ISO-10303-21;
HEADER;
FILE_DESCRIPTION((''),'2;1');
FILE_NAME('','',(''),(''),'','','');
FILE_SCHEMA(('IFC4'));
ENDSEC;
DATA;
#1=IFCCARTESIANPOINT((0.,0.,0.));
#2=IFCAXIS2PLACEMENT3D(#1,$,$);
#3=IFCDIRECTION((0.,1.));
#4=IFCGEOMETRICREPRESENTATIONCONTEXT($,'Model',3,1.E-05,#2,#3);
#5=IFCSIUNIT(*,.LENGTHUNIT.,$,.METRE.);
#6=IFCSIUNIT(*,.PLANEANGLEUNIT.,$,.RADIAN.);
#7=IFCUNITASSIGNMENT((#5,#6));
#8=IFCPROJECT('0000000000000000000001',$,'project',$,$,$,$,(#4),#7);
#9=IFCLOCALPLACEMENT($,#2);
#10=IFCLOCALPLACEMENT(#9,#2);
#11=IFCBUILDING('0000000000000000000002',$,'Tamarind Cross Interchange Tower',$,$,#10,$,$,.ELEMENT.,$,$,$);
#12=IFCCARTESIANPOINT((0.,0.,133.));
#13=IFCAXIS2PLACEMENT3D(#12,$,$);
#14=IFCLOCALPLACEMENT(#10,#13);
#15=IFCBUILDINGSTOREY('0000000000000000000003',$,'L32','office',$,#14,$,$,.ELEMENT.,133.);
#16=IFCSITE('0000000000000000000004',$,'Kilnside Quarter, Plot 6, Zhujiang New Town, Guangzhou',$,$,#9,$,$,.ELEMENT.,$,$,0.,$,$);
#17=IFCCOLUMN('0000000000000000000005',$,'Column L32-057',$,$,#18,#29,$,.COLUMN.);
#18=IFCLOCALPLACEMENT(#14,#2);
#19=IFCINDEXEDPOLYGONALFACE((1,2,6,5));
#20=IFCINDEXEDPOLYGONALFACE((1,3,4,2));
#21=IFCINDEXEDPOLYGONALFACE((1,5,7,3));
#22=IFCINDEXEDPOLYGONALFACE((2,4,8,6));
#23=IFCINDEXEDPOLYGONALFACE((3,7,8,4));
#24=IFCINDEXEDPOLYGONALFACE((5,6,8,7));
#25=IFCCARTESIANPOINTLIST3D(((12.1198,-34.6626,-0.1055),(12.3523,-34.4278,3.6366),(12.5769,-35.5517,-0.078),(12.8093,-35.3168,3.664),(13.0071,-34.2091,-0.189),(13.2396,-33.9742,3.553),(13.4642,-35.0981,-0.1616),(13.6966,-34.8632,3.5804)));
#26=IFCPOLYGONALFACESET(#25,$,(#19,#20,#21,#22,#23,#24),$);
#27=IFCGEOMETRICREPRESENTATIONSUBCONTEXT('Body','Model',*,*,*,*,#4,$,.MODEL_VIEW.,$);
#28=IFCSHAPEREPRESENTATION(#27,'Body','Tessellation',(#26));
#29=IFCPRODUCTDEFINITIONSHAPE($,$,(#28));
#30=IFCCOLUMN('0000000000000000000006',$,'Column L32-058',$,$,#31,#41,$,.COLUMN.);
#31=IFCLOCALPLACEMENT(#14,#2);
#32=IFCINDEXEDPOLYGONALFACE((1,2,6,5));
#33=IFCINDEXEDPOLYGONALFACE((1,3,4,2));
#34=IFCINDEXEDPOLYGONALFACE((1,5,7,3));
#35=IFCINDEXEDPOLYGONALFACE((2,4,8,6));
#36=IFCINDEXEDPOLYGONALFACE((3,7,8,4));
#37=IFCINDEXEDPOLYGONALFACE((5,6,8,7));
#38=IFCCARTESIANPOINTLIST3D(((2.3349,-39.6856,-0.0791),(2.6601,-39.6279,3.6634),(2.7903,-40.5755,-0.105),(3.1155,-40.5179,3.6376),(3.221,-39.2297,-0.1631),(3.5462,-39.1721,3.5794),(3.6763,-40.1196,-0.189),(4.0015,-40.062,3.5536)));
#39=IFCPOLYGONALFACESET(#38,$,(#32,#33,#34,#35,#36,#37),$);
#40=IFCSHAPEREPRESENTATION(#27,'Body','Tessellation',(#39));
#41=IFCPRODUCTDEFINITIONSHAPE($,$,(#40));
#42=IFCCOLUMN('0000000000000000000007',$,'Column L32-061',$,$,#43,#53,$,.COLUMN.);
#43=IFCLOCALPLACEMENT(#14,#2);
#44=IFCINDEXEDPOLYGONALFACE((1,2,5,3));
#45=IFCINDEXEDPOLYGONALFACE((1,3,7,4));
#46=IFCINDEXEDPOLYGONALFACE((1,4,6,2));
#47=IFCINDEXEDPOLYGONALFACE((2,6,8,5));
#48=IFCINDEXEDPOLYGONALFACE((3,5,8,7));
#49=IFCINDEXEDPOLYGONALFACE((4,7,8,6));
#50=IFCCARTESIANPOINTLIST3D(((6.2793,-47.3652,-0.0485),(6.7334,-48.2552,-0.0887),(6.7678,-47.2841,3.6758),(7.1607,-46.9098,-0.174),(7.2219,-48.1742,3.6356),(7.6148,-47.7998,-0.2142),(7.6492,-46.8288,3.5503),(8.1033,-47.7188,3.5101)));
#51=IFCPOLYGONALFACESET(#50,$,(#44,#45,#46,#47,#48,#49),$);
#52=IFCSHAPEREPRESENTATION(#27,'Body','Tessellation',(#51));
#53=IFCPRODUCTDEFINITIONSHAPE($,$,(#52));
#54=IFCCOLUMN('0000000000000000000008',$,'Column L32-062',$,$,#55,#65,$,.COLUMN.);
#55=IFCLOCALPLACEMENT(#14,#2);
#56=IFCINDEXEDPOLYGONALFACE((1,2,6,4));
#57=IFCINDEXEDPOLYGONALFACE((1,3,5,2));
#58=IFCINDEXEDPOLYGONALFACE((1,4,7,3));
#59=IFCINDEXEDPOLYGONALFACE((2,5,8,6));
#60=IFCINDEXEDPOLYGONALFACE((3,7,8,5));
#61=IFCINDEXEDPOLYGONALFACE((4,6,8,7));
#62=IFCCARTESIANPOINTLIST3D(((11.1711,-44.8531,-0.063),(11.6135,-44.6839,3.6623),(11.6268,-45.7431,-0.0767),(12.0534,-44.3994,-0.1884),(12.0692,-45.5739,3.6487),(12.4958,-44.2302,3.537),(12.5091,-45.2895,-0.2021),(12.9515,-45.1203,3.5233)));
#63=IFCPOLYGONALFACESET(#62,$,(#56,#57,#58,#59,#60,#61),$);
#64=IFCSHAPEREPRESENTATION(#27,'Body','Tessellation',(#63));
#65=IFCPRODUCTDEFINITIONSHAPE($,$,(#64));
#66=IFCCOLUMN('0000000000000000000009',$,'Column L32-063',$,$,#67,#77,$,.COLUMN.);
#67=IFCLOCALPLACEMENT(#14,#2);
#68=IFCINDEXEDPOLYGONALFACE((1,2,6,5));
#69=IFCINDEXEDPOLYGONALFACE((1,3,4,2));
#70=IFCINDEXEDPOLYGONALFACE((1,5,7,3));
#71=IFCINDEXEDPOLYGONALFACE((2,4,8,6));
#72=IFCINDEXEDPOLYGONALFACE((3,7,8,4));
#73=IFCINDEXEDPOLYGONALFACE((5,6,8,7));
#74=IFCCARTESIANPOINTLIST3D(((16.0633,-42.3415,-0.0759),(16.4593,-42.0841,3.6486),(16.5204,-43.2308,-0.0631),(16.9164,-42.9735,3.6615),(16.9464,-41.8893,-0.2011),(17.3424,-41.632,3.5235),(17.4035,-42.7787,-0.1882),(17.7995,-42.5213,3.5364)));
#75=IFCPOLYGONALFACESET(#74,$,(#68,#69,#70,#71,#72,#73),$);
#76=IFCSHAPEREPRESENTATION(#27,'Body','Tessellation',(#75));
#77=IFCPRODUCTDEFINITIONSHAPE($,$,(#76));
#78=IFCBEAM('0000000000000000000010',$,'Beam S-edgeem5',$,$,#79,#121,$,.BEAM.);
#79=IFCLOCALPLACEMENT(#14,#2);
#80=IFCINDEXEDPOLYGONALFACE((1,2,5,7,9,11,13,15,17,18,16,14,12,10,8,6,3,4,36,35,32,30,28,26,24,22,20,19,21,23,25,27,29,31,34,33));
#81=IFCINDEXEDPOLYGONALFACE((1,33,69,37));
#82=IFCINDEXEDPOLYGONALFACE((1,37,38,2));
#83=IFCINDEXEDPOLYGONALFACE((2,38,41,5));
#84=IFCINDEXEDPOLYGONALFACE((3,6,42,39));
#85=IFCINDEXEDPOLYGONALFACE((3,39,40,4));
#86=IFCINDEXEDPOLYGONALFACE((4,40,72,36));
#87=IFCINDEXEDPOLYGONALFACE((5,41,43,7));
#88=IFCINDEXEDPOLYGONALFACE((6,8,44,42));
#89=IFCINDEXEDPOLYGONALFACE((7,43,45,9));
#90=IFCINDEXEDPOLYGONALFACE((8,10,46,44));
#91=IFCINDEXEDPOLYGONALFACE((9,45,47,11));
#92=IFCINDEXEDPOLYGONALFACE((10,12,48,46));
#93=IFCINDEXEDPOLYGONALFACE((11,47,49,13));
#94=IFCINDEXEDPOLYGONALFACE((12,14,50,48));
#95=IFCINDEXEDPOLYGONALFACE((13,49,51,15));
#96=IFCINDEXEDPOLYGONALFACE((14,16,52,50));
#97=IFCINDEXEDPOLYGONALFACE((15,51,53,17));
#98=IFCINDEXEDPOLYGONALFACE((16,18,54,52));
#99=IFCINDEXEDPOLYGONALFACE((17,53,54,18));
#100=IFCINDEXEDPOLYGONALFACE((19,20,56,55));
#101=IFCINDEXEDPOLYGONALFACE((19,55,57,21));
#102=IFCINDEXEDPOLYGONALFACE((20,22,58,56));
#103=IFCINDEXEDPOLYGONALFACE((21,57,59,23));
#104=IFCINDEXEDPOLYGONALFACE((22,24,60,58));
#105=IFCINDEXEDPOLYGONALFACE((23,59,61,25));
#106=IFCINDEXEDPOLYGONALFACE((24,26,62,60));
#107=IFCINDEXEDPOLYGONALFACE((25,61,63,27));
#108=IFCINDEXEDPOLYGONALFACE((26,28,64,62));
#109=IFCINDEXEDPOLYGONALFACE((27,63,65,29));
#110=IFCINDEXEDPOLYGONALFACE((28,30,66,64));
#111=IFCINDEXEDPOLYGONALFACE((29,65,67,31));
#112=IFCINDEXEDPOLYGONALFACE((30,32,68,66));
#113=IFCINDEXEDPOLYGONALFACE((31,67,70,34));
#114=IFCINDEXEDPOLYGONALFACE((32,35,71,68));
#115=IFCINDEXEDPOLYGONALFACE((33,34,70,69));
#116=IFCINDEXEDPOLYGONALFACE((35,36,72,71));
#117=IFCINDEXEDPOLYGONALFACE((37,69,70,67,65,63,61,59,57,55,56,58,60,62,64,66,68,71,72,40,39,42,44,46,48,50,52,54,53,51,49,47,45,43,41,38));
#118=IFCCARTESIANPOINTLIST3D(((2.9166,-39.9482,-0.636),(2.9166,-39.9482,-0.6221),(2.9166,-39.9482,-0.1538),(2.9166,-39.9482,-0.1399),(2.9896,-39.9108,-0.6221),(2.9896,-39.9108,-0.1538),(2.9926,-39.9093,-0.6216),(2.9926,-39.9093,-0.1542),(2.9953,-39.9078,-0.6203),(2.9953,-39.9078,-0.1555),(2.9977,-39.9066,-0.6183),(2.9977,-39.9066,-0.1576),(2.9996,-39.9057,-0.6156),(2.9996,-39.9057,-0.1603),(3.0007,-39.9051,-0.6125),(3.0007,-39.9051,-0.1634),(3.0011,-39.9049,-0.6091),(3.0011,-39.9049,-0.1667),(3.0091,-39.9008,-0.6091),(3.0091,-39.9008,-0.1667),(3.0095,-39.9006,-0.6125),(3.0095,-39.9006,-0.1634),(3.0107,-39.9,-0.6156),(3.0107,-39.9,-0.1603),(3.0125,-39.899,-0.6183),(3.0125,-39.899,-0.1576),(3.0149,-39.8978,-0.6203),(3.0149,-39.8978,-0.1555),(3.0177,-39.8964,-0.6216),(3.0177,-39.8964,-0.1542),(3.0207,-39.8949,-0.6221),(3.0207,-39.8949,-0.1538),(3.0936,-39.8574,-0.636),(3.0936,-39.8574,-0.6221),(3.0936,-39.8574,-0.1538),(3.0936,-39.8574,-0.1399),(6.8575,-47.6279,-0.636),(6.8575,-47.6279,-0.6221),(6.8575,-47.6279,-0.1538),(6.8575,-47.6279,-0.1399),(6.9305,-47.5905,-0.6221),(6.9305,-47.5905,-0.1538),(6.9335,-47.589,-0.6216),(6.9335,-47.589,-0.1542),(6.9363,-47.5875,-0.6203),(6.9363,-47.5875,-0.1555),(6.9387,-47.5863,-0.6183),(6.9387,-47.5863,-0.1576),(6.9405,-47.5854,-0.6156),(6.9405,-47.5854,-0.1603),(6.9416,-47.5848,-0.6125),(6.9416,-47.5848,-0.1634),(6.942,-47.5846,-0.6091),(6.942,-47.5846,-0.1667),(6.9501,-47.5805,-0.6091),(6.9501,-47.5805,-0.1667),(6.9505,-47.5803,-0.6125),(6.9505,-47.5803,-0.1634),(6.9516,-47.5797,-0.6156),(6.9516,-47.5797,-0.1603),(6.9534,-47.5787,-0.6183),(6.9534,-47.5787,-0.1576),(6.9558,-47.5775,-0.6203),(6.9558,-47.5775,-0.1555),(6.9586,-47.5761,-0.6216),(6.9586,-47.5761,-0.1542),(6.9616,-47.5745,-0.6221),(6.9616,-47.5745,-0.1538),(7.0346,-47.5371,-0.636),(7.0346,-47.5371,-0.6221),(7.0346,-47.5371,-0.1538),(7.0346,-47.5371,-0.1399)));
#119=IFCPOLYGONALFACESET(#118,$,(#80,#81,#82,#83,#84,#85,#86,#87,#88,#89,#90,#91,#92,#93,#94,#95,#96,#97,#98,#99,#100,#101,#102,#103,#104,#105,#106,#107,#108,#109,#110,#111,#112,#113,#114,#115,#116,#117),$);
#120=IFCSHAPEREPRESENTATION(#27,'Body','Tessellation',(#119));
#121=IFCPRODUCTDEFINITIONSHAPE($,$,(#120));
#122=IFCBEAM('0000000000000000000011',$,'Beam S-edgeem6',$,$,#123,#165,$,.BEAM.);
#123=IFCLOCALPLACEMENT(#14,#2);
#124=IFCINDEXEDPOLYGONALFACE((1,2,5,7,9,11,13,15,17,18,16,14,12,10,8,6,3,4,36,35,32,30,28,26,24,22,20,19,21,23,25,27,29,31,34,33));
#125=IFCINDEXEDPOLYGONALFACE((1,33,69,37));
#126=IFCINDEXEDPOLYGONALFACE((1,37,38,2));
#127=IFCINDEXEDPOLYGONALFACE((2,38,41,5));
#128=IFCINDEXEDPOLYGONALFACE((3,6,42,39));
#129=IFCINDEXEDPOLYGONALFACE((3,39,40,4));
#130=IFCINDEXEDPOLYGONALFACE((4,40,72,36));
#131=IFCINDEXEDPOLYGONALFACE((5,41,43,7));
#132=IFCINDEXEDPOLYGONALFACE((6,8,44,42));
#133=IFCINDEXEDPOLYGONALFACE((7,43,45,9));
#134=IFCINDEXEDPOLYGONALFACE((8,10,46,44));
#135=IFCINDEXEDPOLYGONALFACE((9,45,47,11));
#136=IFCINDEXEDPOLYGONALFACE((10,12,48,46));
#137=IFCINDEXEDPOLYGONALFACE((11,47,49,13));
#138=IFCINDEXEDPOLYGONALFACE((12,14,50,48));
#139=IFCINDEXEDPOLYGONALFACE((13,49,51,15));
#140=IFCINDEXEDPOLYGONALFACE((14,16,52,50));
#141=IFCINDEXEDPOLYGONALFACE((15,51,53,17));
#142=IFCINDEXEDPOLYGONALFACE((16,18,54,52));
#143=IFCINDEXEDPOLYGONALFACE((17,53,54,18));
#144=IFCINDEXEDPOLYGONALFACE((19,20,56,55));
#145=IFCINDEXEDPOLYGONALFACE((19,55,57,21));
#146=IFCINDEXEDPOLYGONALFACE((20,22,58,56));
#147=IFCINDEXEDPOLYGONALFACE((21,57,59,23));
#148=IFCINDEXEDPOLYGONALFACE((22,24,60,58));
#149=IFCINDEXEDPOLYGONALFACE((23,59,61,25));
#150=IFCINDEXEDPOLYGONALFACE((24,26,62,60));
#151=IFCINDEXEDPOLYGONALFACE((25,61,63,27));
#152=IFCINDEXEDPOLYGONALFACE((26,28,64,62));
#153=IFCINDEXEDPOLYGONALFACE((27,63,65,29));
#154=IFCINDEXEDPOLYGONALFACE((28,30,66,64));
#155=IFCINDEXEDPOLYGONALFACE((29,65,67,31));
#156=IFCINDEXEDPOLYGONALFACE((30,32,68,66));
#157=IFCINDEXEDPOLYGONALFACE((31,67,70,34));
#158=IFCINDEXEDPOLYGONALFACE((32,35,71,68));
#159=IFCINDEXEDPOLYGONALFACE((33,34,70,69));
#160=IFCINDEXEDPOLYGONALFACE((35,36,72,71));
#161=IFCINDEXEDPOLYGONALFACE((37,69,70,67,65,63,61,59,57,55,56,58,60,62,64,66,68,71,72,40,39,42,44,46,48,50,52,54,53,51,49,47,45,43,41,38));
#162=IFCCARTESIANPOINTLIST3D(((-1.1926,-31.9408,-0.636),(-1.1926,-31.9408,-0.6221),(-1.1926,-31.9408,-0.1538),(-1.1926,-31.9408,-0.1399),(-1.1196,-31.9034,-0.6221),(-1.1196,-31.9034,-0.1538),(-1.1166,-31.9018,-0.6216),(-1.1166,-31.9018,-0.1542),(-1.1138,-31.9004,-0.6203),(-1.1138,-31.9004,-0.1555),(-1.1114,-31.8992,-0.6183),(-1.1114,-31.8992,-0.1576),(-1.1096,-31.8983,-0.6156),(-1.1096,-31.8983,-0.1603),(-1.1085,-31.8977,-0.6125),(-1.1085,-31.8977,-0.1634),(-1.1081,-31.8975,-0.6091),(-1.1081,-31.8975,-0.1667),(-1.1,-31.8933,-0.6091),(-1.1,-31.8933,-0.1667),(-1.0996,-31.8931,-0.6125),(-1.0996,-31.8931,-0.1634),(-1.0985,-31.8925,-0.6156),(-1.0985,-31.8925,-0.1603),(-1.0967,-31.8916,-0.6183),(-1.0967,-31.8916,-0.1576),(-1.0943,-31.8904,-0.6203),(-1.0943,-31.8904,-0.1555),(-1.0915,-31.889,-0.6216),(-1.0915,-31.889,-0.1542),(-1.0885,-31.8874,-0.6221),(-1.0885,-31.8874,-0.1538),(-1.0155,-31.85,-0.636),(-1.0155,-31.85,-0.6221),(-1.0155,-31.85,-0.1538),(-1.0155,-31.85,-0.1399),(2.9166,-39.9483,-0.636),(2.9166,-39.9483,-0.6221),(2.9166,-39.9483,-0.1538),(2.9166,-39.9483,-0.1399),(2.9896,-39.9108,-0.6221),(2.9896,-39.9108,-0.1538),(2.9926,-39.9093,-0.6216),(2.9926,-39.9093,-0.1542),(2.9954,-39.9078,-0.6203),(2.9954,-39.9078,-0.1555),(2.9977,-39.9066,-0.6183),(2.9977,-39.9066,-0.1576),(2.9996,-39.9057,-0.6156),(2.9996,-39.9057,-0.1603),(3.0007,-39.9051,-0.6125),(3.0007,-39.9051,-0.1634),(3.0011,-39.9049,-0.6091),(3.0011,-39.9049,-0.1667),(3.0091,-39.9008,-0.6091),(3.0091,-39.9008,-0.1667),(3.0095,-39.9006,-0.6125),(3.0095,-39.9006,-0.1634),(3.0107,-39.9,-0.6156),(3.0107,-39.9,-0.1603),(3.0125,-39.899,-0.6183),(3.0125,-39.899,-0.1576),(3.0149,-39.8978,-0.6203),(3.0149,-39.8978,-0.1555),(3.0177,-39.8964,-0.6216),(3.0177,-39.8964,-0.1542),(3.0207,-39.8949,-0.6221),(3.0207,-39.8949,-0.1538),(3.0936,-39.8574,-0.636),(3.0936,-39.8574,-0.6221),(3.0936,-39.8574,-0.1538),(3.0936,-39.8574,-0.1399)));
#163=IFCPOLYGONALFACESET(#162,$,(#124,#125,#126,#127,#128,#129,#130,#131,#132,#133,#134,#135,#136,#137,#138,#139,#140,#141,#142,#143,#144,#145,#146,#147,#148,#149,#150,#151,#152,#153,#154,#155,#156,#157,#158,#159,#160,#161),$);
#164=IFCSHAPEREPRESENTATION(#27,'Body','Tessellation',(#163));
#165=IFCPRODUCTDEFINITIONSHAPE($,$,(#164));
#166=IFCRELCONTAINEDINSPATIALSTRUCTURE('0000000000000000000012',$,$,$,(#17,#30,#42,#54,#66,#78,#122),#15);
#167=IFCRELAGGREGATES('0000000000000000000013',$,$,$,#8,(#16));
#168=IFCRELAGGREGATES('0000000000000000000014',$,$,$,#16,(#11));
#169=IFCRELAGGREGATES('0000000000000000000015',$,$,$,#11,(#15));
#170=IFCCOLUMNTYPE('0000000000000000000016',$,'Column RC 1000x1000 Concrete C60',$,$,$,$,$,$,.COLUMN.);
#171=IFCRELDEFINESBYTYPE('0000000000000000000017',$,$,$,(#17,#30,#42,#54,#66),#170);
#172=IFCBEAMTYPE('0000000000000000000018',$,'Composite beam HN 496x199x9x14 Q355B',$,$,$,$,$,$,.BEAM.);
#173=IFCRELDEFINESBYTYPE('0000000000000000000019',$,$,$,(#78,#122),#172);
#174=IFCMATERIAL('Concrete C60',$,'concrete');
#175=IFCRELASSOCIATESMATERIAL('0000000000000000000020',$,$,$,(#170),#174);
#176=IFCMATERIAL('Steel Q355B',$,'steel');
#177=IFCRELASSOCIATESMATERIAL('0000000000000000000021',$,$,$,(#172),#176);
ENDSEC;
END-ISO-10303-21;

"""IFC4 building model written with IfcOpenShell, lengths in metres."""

from ifc_helpers import new_model, si_unit, direction, frame, origin, origin_2d, place, context, subcontext, project, spatial, rectangle, i_section, extrude, material, material_profile, profile_set, type_object, element, save


model = new_model("IFC4")

# Units and contexts
model_context = context("Model", 3, precision=1e-05, world=origin(), true_north=direction((0.0, 1.0)))
body_context = subcontext(model_context, "Body", "Model", "MODEL_VIEW")
ifc_project = project(units=[si_unit("LENGTHUNIT", "METRE"), si_unit("PLANEANGLEUNIT", "RADIAN")], contexts=[model_context])

# Site, building, storey
site_placement = place(None, origin())
site = spatial("IfcSite", under=ifc_project, at=site_placement, Name="Kilnside Quarter, Plot 6, Zhujiang New Town, Guangzhou", CompositionType="ELEMENT", RefElevation=0.0)
building_placement = place(site_placement, origin())
building = spatial("IfcBuilding", under=site, at=building_placement, Name="Tamarind Cross Interchange Tower", CompositionType="ELEMENT")
storey_placement = place(building_placement, frame((0.0, 0.0, 133.0)))
storey = spatial("IfcBuildingStorey", under=building, at=storey_placement, Name="L32", Description="office", CompositionType="ELEMENT", Elevation=133.0)

# Columns
ifc_material_1 = material(Name="Concrete C60", Category="concrete")
ifc_material_profile_1 = material_profile(ifc_material_1, rectangle(XDim=1.0, YDim=1.0, at=origin_2d()), Name="RC 1000x1000")
ifc_profile_set_1 = profile_set([ifc_material_profile_1], Name="Concrete C60")
column_type = type_object("IfcColumnType", Name="Column RC 1000x1000 Concrete C60", PredefinedType="COLUMN", material=ifc_profile_set_1)
column_1_placement = place(storey_placement, frame((12.792, -34.8804, -0.1335), z_axis=(0.061872, 0.062522, 0.996124), x_axis=(-0.8873, -0.453556, 0.08358)))
element("IfcColumn", 1, at=column_1_placement, inside=storey, type_object=column_type, Name="Column L32-057", PredefinedType="COLUMN", context=body_context, shape_type="SweptSolid", body=[
    extrude(rectangle(XDim=1.0, YDim=1.0, at=origin_2d()), origin(), (0.0, 0.0, 1.0), 3.7566),
])
for number, where, z_axis, x_axis, name in (
    (2, (3.0056, -39.9026, -0.134), (0.086558, 0.015336, 0.996129), (-0.455375, 0.889924, 0.025868), "Column L32-058"),
    (3, (6.947, -47.5825, -0.1313), (0.130026, 0.021573, 0.991276), (-0.454113, 0.890037, 0.040196), "Column L32-061"),
):
    element("IfcColumn", number, at=place(storey_placement, frame(where, z_axis=z_axis, x_axis=x_axis)), inside=storey, type_object=column_type, Name=name, PredefinedType="COLUMN", context=body_context, shape_type="SweptSolid", body=[
        extrude(rectangle(XDim=1.0, YDim=1.0, at=origin_2d()), origin(), (0.0, 0.0, 1.0), 3.7571),
    ])
column_2_placement = place(storey_placement, frame((11.8401, -45.0713, -0.1326), z_axis=(0.117801, 0.045053, 0.992015), x_axis=(-0.455693, 0.890032, 0.013692)))
element("IfcColumn", 4, at=column_2_placement, inside=storey, type_object=column_type, Name="Column L32-062", PredefinedType="COLUMN", context=body_context, shape_type="SweptSolid", body=[
    extrude(rectangle(XDim=1.0, YDim=1.0, at=origin_2d()), origin(), (0.0, 0.0, 1.0), 3.7554),
])
column_3_placement = place(storey_placement, frame((16.7334, -42.5601, -0.1321), z_axis=(0.105474, 0.068539, 0.992057), x_axis=(-0.883136, -0.452121, 0.12513)))
element("IfcColumn", 5, at=column_3_placement, inside=storey, type_object=column_type, Name="Column L32-063", PredefinedType="COLUMN", context=body_context, shape_type="SweptSolid", body=[
    extrude(rectangle(XDim=1.0, YDim=1.0, at=origin_2d()), origin(), (0.0, 0.0, 1.0), 3.7544),
])

# Beams
ifc_material_2 = material(Name="Steel Q355B", Category="steel")
ifc_material_profile_2 = material_profile(ifc_material_2, i_section(OverallWidth=0.199, OverallDepth=0.4961, WebThickness=0.009, FlangeThickness=0.0139, FilletRadius=0.0129, at=origin_2d()), Name="HN 496x199x9x14")
ifc_profile_set_2 = profile_set([ifc_material_profile_2], Name="Steel Q355B")
beam_type_1 = type_object("IfcBeamType", Name="Composite beam HN 496x199x9x14 Q355B", PredefinedType="BEAM", material=ifc_profile_set_2)
beam_1_placement = place(storey_placement, frame((6.946, -47.5825, -0.3879), z_axis=(-0.456557, 0.889694, 0.0), x_axis=(-0.889694, -0.456557, 0.0)))
element("IfcBeam", 6, at=beam_1_placement, inside=storey, type_object=beam_type_1, Name="Beam S-edgeem5", PredefinedType="BEAM", context=body_context, shape_type="SweptSolid", body=[
    extrude(i_section(OverallWidth=0.199, OverallDepth=0.4961, WebThickness=0.009, FlangeThickness=0.0139, FilletRadius=0.0129, at=origin_2d()), origin(), (0.0, 0.0, 1.0), 8.6318),
])
beam_2_placement = place(storey_placement, frame((3.0051, -39.9028, -0.3879), z_axis=(-0.456564, 0.889691, 0.0), x_axis=(-0.889691, -0.456564, 0.0)))
element("IfcBeam", 7, at=beam_2_placement, inside=storey, type_object=beam_type_1, Name="Beam S-edgeem6", PredefinedType="BEAM", context=body_context, shape_type="SweptSolid", body=[
    extrude(i_section(OverallWidth=0.199, OverallDepth=0.4961, WebThickness=0.009, FlangeThickness=0.0139, FilletRadius=0.0129, at=origin_2d()), origin(), (0.0, 0.0, 1.0), 9.0002),
])

save(model, "model.ifc")
